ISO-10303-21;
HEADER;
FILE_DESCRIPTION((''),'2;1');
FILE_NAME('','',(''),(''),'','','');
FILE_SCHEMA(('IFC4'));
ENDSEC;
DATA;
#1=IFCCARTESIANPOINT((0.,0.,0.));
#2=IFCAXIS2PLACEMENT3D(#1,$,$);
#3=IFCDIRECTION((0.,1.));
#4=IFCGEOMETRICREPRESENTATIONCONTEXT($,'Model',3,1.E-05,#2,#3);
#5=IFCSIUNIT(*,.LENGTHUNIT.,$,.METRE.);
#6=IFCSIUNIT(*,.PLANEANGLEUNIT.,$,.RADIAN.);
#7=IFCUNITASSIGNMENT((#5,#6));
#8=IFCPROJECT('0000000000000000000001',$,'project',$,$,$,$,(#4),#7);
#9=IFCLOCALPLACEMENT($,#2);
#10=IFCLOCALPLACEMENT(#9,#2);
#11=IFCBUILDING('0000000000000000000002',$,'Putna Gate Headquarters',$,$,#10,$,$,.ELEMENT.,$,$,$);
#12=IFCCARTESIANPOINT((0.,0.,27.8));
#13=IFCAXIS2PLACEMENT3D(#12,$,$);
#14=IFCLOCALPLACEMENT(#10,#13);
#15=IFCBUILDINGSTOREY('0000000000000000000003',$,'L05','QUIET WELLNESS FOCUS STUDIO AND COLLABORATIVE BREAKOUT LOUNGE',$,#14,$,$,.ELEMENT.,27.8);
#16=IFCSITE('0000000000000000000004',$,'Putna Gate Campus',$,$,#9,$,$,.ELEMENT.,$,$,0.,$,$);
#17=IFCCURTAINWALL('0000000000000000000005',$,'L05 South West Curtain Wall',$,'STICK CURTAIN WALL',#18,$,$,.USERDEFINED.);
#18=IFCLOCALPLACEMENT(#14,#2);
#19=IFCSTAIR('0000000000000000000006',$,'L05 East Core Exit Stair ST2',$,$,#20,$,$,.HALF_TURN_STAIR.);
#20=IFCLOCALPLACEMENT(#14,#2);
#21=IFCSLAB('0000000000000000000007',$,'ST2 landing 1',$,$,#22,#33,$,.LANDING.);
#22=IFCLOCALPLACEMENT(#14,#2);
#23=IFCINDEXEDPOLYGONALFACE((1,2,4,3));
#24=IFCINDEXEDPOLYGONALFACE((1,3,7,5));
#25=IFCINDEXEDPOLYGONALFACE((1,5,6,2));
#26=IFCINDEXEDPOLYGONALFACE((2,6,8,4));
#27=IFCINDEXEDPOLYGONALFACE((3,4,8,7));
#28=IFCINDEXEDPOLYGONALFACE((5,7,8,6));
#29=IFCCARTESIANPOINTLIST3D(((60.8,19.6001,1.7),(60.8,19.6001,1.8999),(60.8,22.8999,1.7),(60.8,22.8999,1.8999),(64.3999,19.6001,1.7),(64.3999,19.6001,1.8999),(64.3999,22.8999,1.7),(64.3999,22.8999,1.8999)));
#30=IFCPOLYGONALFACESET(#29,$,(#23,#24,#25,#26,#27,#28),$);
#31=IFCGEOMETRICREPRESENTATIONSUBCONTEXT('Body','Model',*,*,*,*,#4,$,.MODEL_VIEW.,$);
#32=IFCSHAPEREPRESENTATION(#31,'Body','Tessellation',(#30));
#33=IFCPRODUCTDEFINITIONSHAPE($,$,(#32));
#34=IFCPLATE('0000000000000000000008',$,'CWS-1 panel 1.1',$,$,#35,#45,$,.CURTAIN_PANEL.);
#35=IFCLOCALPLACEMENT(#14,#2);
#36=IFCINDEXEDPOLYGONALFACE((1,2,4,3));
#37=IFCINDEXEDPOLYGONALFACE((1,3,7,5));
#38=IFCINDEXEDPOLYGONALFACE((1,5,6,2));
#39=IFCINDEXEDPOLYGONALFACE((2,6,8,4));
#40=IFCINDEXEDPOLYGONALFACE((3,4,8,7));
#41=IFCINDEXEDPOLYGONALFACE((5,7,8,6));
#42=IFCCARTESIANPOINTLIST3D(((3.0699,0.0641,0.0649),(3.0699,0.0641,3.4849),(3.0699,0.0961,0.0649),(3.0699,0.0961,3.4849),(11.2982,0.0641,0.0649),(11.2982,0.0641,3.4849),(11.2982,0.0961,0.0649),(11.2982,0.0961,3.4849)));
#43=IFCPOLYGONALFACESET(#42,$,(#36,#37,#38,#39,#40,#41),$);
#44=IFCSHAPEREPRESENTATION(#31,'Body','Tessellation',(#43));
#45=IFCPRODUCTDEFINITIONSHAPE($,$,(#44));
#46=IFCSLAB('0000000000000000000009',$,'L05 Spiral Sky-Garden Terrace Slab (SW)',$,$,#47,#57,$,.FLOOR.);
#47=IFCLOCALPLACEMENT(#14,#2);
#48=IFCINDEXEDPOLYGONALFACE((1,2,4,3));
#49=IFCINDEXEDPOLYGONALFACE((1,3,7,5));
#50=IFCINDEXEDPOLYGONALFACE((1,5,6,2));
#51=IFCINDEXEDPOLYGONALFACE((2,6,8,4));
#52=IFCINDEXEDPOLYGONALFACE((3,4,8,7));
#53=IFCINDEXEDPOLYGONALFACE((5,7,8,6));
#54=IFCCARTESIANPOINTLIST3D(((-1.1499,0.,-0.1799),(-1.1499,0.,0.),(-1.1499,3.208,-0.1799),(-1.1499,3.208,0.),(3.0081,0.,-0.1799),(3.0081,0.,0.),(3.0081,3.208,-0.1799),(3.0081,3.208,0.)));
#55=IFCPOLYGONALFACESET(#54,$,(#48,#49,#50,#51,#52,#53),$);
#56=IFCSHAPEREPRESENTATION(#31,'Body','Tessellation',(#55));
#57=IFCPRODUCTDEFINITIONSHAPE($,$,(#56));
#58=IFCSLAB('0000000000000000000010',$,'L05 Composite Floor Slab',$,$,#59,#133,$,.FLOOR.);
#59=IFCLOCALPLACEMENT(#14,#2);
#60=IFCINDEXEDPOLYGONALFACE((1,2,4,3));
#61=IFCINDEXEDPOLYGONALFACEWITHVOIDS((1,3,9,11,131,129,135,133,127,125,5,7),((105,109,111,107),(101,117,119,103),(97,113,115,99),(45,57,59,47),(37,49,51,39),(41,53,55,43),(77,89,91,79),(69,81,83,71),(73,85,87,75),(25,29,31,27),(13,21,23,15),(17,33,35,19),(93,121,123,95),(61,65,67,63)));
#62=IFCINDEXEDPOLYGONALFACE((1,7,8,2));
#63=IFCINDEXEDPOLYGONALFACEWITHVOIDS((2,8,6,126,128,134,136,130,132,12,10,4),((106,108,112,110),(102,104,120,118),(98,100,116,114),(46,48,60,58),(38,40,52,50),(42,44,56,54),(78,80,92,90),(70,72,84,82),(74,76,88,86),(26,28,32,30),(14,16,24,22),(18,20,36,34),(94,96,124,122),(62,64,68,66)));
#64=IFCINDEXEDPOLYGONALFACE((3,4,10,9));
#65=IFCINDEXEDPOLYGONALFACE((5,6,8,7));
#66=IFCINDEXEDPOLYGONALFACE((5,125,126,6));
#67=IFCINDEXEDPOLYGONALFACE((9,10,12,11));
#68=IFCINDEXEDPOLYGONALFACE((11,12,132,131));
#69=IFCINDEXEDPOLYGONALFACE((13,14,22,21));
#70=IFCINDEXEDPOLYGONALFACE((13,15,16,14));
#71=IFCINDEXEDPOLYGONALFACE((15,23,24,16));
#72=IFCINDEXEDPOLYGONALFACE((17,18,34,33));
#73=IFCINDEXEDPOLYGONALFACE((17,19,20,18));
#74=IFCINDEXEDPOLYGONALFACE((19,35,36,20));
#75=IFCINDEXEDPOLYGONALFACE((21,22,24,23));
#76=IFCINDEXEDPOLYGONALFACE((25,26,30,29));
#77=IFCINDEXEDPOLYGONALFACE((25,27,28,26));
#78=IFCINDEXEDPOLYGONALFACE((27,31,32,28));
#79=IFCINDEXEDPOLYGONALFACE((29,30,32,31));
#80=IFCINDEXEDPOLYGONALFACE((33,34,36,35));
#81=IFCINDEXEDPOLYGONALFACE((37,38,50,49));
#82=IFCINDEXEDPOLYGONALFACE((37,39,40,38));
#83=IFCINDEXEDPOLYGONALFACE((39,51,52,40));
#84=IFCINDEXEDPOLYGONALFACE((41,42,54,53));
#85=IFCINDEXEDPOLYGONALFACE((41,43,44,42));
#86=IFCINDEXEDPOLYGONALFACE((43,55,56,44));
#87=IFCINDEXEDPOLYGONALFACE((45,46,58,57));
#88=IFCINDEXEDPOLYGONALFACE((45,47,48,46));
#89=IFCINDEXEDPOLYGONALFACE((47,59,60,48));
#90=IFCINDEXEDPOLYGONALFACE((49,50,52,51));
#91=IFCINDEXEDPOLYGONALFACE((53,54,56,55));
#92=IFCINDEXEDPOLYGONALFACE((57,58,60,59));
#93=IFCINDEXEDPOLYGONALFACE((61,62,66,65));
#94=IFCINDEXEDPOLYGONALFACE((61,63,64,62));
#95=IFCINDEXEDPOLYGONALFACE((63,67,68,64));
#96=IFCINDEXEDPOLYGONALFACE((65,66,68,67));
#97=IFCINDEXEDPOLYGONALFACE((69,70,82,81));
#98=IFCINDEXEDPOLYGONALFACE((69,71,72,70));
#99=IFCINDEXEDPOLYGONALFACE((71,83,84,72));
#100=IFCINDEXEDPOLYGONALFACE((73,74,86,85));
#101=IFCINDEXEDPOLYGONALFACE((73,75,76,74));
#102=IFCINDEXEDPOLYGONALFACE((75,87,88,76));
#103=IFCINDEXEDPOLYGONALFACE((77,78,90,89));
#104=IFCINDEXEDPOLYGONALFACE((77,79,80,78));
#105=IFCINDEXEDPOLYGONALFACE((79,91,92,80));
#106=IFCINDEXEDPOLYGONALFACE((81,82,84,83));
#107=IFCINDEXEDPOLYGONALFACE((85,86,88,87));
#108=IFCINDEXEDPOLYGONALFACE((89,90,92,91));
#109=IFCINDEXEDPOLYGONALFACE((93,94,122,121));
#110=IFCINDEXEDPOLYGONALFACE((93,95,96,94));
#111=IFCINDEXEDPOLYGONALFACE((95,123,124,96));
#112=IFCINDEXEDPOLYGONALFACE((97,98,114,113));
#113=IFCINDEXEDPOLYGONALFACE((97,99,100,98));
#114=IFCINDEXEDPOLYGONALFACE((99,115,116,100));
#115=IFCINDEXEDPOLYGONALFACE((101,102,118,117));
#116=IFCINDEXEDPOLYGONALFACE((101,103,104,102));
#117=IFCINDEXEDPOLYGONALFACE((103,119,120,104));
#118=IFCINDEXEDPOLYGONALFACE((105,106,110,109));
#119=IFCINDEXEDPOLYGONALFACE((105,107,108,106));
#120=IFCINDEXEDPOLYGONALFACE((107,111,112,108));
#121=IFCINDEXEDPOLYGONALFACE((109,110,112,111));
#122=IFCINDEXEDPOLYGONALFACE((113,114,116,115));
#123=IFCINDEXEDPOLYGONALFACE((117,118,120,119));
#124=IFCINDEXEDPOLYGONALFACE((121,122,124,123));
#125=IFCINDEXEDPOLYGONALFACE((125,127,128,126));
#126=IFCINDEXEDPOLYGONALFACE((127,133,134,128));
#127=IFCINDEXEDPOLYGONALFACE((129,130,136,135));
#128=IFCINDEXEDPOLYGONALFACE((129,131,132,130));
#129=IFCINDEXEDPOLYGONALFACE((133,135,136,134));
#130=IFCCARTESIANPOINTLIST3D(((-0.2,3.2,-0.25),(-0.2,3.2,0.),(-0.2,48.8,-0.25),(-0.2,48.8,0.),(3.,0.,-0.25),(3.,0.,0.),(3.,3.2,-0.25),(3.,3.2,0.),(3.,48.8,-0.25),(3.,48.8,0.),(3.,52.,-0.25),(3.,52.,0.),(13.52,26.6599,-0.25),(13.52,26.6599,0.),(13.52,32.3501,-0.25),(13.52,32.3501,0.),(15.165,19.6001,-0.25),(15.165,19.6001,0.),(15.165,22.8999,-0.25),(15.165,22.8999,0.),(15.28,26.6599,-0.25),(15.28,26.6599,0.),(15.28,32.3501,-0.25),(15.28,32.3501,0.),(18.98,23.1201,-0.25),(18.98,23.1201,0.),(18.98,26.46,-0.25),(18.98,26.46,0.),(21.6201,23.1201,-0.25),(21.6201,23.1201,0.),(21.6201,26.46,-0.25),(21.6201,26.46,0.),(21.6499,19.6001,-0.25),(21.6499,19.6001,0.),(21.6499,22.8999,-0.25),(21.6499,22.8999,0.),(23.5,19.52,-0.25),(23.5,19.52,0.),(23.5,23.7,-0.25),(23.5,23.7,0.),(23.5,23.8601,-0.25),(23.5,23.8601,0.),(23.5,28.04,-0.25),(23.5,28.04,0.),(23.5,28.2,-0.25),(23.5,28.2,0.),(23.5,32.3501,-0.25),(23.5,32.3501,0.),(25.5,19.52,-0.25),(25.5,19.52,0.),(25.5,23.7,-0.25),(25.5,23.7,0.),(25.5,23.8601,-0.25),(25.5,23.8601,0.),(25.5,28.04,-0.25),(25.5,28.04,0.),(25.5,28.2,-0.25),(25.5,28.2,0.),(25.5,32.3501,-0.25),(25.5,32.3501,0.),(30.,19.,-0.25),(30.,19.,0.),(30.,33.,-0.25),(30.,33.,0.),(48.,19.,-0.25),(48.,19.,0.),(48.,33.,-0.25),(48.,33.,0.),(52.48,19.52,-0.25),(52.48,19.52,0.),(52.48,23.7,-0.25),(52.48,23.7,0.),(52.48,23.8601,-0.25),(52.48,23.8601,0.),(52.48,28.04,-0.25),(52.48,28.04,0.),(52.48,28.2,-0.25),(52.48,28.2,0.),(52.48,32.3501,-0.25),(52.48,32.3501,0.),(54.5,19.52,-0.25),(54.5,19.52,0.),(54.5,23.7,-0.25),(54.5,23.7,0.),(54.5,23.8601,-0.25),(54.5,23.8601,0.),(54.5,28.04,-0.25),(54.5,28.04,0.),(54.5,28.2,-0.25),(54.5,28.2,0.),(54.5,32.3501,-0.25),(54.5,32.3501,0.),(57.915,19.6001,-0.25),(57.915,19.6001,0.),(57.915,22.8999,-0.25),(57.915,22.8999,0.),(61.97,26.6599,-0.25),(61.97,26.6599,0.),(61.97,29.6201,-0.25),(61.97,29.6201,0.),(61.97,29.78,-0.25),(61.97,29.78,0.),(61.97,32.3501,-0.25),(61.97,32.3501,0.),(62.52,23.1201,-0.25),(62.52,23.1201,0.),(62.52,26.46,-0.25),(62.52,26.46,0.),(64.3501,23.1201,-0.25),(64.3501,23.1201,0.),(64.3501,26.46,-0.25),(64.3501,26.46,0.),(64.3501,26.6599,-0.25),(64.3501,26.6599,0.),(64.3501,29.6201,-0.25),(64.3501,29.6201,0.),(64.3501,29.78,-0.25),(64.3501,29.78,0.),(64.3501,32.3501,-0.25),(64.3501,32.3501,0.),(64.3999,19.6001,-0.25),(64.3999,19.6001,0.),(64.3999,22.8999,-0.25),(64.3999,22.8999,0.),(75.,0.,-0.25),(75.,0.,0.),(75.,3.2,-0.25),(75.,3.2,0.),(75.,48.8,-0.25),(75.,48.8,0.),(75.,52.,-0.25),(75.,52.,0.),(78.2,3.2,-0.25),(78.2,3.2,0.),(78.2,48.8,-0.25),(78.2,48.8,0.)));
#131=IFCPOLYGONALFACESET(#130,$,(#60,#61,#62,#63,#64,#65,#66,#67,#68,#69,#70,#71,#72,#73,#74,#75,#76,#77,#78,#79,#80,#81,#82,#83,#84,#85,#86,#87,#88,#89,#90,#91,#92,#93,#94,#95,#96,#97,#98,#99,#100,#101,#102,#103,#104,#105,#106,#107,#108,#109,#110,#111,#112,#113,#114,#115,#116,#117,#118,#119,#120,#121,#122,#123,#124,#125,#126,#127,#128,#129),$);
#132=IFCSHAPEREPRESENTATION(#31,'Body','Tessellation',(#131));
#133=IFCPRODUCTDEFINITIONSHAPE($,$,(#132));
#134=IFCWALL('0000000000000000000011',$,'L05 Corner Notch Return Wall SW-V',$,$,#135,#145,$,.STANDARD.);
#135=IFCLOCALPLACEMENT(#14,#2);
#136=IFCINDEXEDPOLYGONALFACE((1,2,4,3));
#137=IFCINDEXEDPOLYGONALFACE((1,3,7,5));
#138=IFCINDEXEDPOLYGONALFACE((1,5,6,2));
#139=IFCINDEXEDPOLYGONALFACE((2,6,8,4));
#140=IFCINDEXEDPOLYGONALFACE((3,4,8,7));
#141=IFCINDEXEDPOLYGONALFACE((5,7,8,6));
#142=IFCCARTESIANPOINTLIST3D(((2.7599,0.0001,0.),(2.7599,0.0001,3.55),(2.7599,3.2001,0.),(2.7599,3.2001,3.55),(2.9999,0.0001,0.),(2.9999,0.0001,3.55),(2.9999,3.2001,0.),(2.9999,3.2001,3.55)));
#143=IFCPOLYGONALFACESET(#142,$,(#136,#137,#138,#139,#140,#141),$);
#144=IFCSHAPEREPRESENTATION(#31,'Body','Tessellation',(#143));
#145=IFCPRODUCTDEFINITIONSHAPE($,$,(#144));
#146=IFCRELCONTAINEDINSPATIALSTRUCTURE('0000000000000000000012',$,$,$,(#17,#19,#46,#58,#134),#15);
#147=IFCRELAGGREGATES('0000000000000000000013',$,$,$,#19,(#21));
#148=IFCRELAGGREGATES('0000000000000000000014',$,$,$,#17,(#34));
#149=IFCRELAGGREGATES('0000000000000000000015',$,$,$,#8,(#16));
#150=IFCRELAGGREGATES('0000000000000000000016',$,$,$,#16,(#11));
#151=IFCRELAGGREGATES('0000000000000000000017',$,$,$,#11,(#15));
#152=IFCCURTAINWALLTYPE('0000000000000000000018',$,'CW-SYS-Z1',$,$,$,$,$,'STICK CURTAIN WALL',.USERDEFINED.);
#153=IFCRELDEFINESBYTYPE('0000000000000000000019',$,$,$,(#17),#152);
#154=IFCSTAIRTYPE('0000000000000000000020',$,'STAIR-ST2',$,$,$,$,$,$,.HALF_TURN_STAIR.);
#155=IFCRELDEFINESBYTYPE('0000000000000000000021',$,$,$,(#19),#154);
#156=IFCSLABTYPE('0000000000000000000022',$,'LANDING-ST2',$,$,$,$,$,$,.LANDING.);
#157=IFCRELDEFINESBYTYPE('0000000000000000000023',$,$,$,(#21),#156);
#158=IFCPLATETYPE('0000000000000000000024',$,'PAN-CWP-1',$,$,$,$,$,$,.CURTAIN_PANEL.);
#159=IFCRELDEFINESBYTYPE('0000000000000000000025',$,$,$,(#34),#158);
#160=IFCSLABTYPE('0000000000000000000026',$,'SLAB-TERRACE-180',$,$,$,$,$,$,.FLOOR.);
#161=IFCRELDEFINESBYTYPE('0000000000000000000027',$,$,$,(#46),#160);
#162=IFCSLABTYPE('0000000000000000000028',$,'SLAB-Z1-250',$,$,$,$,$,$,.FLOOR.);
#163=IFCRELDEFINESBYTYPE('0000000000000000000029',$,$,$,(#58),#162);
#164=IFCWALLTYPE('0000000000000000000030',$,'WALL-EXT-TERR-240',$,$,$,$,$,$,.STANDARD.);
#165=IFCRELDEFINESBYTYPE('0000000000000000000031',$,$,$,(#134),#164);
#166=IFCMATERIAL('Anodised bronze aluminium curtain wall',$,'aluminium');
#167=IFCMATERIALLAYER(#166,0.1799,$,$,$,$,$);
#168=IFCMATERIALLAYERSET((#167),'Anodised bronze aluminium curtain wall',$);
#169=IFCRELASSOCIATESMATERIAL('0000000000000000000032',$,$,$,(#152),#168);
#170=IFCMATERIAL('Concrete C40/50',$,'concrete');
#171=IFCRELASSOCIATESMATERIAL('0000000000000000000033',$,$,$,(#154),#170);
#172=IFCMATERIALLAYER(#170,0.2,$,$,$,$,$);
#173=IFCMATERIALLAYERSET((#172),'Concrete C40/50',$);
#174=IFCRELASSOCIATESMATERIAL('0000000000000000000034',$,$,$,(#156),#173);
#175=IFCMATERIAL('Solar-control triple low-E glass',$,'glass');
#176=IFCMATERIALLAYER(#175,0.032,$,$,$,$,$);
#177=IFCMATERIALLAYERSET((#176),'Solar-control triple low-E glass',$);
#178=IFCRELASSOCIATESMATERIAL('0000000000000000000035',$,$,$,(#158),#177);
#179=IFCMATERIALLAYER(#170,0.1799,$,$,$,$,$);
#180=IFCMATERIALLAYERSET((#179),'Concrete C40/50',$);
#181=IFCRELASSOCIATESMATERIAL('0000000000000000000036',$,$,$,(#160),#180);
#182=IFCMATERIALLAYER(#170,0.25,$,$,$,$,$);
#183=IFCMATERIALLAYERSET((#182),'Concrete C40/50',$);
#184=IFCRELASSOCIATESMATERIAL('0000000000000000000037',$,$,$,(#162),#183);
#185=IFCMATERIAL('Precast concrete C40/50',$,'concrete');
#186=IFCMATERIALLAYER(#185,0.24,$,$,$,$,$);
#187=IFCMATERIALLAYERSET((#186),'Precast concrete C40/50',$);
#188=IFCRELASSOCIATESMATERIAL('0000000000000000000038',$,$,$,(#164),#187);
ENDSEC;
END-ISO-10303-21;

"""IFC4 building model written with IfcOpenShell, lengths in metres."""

from ifc_helpers import new_model, si_unit, direction, frame, frame_2d, origin, origin_2d, place, context, subcontext, project, spatial, polyline, rectangle, outline, extrude, material, layer, layer_set, type_object, element, aggregate, save


model = new_model("IFC4")

# Units and contexts
model_context = context("Model", 3, precision=1e-05, world=origin(), true_north=direction((0.0, 1.0)))
body_context = subcontext(model_context, "Body", "Model", "MODEL_VIEW")
ifc_project = project(units=[si_unit("LENGTHUNIT", "METRE"), si_unit("PLANEANGLEUNIT", "RADIAN")], contexts=[model_context])

# Site, building, storey
site_placement = place(None, origin())
site = spatial("IfcSite", under=ifc_project, at=site_placement, Name="Putna Gate Campus", CompositionType="ELEMENT", RefElevation=0.0)
building_placement = place(site_placement, origin())
building = spatial("IfcBuilding", under=site, at=building_placement, Name="Putna Gate Headquarters", CompositionType="ELEMENT")
storey_placement = place(building_placement, frame((0.0, 0.0, 27.8)))
storey = spatial("IfcBuildingStorey", under=building, at=storey_placement, Name="L05", Description="QUIET WELLNESS FOCUS STUDIO AND COLLABORATIVE BREAKOUT LOUNGE", CompositionType="ELEMENT", Elevation=27.8)

# Curtain wall
ifc_material_1 = material(Name="Anodised bronze aluminium curtain wall", Category="aluminium")
ifc_layer_1 = layer(ifc_material_1, 0.1799)
ifc_layer_set_1 = layer_set([ifc_layer_1], Name="Anodised bronze aluminium curtain wall")
curtain_wall_type = type_object("IfcCurtainWallType", Name="CW-SYS-Z1", ElementType="STICK CURTAIN WALL", PredefinedType="USERDEFINED", material=ifc_layer_set_1)
curtain_wall_placement = place(storey_placement, origin())
curtain_wall = element("IfcCurtainWall", 1, at=curtain_wall_placement, inside=storey, type_object=curtain_wall_type, Name="L05 South West Curtain Wall", ObjectType="STICK CURTAIN WALL", PredefinedType="USERDEFINED")

# Stair, slab
ifc_material_2 = material(Name="Concrete C40/50", Category="concrete")
stair_type_1 = type_object("IfcStairType", Name="STAIR-ST2", PredefinedType="HALF_TURN_STAIR", material=ifc_material_2)
stair_1_placement = place(storey_placement, origin())
stair_1 = element("IfcStair", 2, at=stair_1_placement, inside=storey, type_object=stair_type_1, Name="L05 East Core Exit Stair ST2", PredefinedType="HALF_TURN_STAIR")
ifc_layer_2 = layer(ifc_material_2, 0.2)
ifc_layer_set_2 = layer_set([ifc_layer_2], Name="Concrete C40/50")
slab_type_1 = type_object("IfcSlabType", Name="LANDING-ST2", PredefinedType="LANDING", material=ifc_layer_set_2)
slab_1_placement = place(storey_placement, frame((0.0, 0.0, 1.7)))
slab_1 = element("IfcSlab", 3, at=slab_1_placement, type_object=slab_type_1, Name="ST2 landing 1", PredefinedType="LANDING", context=body_context, shape_type="SweptSolid", body=[
    extrude(outline(polyline([(60.8, 19.6001), (64.3999, 19.6001), (64.3999, 22.8999), (60.8, 22.8999), (60.8, 19.6001)])), origin(), (0.0, 0.0, 1.0), 0.2),
])
aggregate(stair_1, [slab_1])

# Plate
ifc_material_3 = material(Name="Solar-control triple low-E glass", Category="glass")
ifc_layer_3 = layer(ifc_material_3, 0.032)
ifc_layer_set_3 = layer_set([ifc_layer_3], Name="Solar-control triple low-E glass")
plate_type = type_object("IfcPlateType", Name="PAN-CWP-1", PredefinedType="CURTAIN_PANEL", material=ifc_layer_set_3)
plate_placement = place(storey_placement, frame((7.1841, 0.0801, 0.0649), z_axis=(0.0, 0.0, 1.0), x_axis=(1.0, 0.0, 0.0)))
plate = element("IfcPlate", 4, at=plate_placement, type_object=plate_type, Name="CWS-1 panel 1.1", PredefinedType="CURTAIN_PANEL", context=body_context, shape_type="SweptSolid", body=[
    extrude(rectangle(XDim=8.2283, YDim=0.032, at=origin_2d()), origin(), (0.0, 0.0, 1.0), 3.4199),
])
aggregate(curtain_wall, [plate])

# Slabs
ifc_layer_4 = layer(ifc_material_2, 0.1799)
ifc_layer_set_4 = layer_set([ifc_layer_4], Name="Concrete C40/50")
slab_type_2 = type_object("IfcSlabType", Name="SLAB-TERRACE-180", PredefinedType="FLOOR", material=ifc_layer_set_4)
slab_2_placement = place(storey_placement, frame((0.0, 0.0, -0.1799)))
element("IfcSlab", 5, at=slab_2_placement, inside=storey, type_object=slab_type_2, Name="L05 Spiral Sky-Garden Terrace Slab (SW)", PredefinedType="FLOOR", context=body_context, shape_type="SweptSolid", body=[
    extrude(outline(polyline([(-1.1499, 0.0), (3.0081, 0.0), (3.0081, 3.208), (-1.1499, 3.208), (-1.1499, 0.0)])), origin(), (0.0, 0.0, 1.0), 0.1799),
])
ifc_layer_5 = layer(ifc_material_2, 0.25)
ifc_layer_set_5 = layer_set([ifc_layer_5], Name="Concrete C40/50")
slab_type_3 = type_object("IfcSlabType", Name="SLAB-Z1-250", PredefinedType="FLOOR", material=ifc_layer_set_5)
slab_3_placement = place(storey_placement, frame((0.0, 0.0, -0.25)))
element("IfcSlab", 6, at=slab_3_placement, inside=storey, type_object=slab_type_3, Name="L05 Composite Floor Slab", PredefinedType="FLOOR", context=body_context, shape_type="SweptSolid", body=[
    extrude(outline(polyline([(3.0, 0.0), (75.0, 0.0), (75.0, 3.2), (78.2, 3.2), (78.2, 48.8), (75.0, 48.8), (75.0, 52.0), (3.0, 52.0), (3.0, 48.8), (-0.2, 48.8), (-0.2, 3.2), (3.0, 3.2), (3.0, 0.0)]), holes=[polyline([(15.165, 19.6001), (21.6499, 19.6001), (21.6499, 22.8999), (15.165, 22.8999), (15.165, 19.6001)]), polyline([(57.915, 19.6001), (64.3999, 19.6001), (64.3999, 22.8999), (57.915, 22.8999), (57.915, 19.6001)]), polyline([(13.52, 26.6599), (15.28, 26.6599), (15.28, 32.3501), (13.52, 32.3501), (13.52, 26.6599)]), polyline([(61.97, 29.78), (64.3501, 29.78), (64.3501, 32.3501), (61.97, 32.3501), (61.97, 29.78)]), polyline([(18.98, 23.1201), (21.6201, 23.1201), (21.6201, 26.46), (18.98, 26.46), (18.98, 23.1201)]), polyline([(62.52, 23.1201), (64.3501, 23.1201), (64.3501, 26.46), (62.52, 26.46), (62.52, 23.1201)]), polyline([(61.97, 26.6599), (64.3501, 26.6599), (64.3501, 29.6201), (61.97, 29.6201), (61.97, 26.6599)]), polyline([(23.5, 19.52), (25.5, 19.52), (25.5, 23.7), (23.5, 23.7), (23.5, 19.52)]), polyline([(52.48, 19.52), (54.5, 19.52), (54.5, 23.7), (52.48, 23.7), (52.48, 19.52)]), polyline([(23.5, 23.8601), (25.5, 23.8601), (25.5, 28.04), (23.5, 28.04), (23.5, 23.8601)]), polyline([(52.48, 23.8601), (54.5, 23.8601), (54.5, 28.04), (52.48, 28.04), (52.48, 23.8601)]), polyline([(23.5, 28.2), (25.5, 28.2), (25.5, 32.3501), (23.5, 32.3501), (23.5, 28.2)]), polyline([(52.48, 28.2), (54.5, 28.2), (54.5, 32.3501), (52.48, 32.3501), (52.48, 28.2)]), polyline([(30.0, 19.0), (48.0, 19.0), (48.0, 33.0), (30.0, 33.0), (30.0, 19.0)])]), origin(), (0.0, 0.0, 1.0), 0.25),
])

# Wall
ifc_material_4 = material(Name="Precast concrete C40/50", Category="concrete")
ifc_layer_6 = layer(ifc_material_4, 0.24)
ifc_layer_set_6 = layer_set([ifc_layer_6], Name="Precast concrete C40/50")
wall_type = type_object("IfcWallType", Name="WALL-EXT-TERR-240", PredefinedType="STANDARD", material=ifc_layer_set_6)
wall_placement = place(storey_placement, frame((2.8799, 0.0, 0.0), z_axis=(0.0, 0.0, 1.0), x_axis=(0.0, 1.0, 0.0)))
element("IfcWall", 7, at=wall_placement, inside=storey, type_object=wall_type, Name="L05 Corner Notch Return Wall SW-V", PredefinedType="STANDARD", context=body_context, shape_type="SweptSolid", body=[
    extrude(rectangle(XDim=3.2, YDim=0.24, at=frame_2d((1.6001, 0.0))), origin(), (0.0, 0.0, 1.0), 3.55),
])

save(model, "model.ifc")
